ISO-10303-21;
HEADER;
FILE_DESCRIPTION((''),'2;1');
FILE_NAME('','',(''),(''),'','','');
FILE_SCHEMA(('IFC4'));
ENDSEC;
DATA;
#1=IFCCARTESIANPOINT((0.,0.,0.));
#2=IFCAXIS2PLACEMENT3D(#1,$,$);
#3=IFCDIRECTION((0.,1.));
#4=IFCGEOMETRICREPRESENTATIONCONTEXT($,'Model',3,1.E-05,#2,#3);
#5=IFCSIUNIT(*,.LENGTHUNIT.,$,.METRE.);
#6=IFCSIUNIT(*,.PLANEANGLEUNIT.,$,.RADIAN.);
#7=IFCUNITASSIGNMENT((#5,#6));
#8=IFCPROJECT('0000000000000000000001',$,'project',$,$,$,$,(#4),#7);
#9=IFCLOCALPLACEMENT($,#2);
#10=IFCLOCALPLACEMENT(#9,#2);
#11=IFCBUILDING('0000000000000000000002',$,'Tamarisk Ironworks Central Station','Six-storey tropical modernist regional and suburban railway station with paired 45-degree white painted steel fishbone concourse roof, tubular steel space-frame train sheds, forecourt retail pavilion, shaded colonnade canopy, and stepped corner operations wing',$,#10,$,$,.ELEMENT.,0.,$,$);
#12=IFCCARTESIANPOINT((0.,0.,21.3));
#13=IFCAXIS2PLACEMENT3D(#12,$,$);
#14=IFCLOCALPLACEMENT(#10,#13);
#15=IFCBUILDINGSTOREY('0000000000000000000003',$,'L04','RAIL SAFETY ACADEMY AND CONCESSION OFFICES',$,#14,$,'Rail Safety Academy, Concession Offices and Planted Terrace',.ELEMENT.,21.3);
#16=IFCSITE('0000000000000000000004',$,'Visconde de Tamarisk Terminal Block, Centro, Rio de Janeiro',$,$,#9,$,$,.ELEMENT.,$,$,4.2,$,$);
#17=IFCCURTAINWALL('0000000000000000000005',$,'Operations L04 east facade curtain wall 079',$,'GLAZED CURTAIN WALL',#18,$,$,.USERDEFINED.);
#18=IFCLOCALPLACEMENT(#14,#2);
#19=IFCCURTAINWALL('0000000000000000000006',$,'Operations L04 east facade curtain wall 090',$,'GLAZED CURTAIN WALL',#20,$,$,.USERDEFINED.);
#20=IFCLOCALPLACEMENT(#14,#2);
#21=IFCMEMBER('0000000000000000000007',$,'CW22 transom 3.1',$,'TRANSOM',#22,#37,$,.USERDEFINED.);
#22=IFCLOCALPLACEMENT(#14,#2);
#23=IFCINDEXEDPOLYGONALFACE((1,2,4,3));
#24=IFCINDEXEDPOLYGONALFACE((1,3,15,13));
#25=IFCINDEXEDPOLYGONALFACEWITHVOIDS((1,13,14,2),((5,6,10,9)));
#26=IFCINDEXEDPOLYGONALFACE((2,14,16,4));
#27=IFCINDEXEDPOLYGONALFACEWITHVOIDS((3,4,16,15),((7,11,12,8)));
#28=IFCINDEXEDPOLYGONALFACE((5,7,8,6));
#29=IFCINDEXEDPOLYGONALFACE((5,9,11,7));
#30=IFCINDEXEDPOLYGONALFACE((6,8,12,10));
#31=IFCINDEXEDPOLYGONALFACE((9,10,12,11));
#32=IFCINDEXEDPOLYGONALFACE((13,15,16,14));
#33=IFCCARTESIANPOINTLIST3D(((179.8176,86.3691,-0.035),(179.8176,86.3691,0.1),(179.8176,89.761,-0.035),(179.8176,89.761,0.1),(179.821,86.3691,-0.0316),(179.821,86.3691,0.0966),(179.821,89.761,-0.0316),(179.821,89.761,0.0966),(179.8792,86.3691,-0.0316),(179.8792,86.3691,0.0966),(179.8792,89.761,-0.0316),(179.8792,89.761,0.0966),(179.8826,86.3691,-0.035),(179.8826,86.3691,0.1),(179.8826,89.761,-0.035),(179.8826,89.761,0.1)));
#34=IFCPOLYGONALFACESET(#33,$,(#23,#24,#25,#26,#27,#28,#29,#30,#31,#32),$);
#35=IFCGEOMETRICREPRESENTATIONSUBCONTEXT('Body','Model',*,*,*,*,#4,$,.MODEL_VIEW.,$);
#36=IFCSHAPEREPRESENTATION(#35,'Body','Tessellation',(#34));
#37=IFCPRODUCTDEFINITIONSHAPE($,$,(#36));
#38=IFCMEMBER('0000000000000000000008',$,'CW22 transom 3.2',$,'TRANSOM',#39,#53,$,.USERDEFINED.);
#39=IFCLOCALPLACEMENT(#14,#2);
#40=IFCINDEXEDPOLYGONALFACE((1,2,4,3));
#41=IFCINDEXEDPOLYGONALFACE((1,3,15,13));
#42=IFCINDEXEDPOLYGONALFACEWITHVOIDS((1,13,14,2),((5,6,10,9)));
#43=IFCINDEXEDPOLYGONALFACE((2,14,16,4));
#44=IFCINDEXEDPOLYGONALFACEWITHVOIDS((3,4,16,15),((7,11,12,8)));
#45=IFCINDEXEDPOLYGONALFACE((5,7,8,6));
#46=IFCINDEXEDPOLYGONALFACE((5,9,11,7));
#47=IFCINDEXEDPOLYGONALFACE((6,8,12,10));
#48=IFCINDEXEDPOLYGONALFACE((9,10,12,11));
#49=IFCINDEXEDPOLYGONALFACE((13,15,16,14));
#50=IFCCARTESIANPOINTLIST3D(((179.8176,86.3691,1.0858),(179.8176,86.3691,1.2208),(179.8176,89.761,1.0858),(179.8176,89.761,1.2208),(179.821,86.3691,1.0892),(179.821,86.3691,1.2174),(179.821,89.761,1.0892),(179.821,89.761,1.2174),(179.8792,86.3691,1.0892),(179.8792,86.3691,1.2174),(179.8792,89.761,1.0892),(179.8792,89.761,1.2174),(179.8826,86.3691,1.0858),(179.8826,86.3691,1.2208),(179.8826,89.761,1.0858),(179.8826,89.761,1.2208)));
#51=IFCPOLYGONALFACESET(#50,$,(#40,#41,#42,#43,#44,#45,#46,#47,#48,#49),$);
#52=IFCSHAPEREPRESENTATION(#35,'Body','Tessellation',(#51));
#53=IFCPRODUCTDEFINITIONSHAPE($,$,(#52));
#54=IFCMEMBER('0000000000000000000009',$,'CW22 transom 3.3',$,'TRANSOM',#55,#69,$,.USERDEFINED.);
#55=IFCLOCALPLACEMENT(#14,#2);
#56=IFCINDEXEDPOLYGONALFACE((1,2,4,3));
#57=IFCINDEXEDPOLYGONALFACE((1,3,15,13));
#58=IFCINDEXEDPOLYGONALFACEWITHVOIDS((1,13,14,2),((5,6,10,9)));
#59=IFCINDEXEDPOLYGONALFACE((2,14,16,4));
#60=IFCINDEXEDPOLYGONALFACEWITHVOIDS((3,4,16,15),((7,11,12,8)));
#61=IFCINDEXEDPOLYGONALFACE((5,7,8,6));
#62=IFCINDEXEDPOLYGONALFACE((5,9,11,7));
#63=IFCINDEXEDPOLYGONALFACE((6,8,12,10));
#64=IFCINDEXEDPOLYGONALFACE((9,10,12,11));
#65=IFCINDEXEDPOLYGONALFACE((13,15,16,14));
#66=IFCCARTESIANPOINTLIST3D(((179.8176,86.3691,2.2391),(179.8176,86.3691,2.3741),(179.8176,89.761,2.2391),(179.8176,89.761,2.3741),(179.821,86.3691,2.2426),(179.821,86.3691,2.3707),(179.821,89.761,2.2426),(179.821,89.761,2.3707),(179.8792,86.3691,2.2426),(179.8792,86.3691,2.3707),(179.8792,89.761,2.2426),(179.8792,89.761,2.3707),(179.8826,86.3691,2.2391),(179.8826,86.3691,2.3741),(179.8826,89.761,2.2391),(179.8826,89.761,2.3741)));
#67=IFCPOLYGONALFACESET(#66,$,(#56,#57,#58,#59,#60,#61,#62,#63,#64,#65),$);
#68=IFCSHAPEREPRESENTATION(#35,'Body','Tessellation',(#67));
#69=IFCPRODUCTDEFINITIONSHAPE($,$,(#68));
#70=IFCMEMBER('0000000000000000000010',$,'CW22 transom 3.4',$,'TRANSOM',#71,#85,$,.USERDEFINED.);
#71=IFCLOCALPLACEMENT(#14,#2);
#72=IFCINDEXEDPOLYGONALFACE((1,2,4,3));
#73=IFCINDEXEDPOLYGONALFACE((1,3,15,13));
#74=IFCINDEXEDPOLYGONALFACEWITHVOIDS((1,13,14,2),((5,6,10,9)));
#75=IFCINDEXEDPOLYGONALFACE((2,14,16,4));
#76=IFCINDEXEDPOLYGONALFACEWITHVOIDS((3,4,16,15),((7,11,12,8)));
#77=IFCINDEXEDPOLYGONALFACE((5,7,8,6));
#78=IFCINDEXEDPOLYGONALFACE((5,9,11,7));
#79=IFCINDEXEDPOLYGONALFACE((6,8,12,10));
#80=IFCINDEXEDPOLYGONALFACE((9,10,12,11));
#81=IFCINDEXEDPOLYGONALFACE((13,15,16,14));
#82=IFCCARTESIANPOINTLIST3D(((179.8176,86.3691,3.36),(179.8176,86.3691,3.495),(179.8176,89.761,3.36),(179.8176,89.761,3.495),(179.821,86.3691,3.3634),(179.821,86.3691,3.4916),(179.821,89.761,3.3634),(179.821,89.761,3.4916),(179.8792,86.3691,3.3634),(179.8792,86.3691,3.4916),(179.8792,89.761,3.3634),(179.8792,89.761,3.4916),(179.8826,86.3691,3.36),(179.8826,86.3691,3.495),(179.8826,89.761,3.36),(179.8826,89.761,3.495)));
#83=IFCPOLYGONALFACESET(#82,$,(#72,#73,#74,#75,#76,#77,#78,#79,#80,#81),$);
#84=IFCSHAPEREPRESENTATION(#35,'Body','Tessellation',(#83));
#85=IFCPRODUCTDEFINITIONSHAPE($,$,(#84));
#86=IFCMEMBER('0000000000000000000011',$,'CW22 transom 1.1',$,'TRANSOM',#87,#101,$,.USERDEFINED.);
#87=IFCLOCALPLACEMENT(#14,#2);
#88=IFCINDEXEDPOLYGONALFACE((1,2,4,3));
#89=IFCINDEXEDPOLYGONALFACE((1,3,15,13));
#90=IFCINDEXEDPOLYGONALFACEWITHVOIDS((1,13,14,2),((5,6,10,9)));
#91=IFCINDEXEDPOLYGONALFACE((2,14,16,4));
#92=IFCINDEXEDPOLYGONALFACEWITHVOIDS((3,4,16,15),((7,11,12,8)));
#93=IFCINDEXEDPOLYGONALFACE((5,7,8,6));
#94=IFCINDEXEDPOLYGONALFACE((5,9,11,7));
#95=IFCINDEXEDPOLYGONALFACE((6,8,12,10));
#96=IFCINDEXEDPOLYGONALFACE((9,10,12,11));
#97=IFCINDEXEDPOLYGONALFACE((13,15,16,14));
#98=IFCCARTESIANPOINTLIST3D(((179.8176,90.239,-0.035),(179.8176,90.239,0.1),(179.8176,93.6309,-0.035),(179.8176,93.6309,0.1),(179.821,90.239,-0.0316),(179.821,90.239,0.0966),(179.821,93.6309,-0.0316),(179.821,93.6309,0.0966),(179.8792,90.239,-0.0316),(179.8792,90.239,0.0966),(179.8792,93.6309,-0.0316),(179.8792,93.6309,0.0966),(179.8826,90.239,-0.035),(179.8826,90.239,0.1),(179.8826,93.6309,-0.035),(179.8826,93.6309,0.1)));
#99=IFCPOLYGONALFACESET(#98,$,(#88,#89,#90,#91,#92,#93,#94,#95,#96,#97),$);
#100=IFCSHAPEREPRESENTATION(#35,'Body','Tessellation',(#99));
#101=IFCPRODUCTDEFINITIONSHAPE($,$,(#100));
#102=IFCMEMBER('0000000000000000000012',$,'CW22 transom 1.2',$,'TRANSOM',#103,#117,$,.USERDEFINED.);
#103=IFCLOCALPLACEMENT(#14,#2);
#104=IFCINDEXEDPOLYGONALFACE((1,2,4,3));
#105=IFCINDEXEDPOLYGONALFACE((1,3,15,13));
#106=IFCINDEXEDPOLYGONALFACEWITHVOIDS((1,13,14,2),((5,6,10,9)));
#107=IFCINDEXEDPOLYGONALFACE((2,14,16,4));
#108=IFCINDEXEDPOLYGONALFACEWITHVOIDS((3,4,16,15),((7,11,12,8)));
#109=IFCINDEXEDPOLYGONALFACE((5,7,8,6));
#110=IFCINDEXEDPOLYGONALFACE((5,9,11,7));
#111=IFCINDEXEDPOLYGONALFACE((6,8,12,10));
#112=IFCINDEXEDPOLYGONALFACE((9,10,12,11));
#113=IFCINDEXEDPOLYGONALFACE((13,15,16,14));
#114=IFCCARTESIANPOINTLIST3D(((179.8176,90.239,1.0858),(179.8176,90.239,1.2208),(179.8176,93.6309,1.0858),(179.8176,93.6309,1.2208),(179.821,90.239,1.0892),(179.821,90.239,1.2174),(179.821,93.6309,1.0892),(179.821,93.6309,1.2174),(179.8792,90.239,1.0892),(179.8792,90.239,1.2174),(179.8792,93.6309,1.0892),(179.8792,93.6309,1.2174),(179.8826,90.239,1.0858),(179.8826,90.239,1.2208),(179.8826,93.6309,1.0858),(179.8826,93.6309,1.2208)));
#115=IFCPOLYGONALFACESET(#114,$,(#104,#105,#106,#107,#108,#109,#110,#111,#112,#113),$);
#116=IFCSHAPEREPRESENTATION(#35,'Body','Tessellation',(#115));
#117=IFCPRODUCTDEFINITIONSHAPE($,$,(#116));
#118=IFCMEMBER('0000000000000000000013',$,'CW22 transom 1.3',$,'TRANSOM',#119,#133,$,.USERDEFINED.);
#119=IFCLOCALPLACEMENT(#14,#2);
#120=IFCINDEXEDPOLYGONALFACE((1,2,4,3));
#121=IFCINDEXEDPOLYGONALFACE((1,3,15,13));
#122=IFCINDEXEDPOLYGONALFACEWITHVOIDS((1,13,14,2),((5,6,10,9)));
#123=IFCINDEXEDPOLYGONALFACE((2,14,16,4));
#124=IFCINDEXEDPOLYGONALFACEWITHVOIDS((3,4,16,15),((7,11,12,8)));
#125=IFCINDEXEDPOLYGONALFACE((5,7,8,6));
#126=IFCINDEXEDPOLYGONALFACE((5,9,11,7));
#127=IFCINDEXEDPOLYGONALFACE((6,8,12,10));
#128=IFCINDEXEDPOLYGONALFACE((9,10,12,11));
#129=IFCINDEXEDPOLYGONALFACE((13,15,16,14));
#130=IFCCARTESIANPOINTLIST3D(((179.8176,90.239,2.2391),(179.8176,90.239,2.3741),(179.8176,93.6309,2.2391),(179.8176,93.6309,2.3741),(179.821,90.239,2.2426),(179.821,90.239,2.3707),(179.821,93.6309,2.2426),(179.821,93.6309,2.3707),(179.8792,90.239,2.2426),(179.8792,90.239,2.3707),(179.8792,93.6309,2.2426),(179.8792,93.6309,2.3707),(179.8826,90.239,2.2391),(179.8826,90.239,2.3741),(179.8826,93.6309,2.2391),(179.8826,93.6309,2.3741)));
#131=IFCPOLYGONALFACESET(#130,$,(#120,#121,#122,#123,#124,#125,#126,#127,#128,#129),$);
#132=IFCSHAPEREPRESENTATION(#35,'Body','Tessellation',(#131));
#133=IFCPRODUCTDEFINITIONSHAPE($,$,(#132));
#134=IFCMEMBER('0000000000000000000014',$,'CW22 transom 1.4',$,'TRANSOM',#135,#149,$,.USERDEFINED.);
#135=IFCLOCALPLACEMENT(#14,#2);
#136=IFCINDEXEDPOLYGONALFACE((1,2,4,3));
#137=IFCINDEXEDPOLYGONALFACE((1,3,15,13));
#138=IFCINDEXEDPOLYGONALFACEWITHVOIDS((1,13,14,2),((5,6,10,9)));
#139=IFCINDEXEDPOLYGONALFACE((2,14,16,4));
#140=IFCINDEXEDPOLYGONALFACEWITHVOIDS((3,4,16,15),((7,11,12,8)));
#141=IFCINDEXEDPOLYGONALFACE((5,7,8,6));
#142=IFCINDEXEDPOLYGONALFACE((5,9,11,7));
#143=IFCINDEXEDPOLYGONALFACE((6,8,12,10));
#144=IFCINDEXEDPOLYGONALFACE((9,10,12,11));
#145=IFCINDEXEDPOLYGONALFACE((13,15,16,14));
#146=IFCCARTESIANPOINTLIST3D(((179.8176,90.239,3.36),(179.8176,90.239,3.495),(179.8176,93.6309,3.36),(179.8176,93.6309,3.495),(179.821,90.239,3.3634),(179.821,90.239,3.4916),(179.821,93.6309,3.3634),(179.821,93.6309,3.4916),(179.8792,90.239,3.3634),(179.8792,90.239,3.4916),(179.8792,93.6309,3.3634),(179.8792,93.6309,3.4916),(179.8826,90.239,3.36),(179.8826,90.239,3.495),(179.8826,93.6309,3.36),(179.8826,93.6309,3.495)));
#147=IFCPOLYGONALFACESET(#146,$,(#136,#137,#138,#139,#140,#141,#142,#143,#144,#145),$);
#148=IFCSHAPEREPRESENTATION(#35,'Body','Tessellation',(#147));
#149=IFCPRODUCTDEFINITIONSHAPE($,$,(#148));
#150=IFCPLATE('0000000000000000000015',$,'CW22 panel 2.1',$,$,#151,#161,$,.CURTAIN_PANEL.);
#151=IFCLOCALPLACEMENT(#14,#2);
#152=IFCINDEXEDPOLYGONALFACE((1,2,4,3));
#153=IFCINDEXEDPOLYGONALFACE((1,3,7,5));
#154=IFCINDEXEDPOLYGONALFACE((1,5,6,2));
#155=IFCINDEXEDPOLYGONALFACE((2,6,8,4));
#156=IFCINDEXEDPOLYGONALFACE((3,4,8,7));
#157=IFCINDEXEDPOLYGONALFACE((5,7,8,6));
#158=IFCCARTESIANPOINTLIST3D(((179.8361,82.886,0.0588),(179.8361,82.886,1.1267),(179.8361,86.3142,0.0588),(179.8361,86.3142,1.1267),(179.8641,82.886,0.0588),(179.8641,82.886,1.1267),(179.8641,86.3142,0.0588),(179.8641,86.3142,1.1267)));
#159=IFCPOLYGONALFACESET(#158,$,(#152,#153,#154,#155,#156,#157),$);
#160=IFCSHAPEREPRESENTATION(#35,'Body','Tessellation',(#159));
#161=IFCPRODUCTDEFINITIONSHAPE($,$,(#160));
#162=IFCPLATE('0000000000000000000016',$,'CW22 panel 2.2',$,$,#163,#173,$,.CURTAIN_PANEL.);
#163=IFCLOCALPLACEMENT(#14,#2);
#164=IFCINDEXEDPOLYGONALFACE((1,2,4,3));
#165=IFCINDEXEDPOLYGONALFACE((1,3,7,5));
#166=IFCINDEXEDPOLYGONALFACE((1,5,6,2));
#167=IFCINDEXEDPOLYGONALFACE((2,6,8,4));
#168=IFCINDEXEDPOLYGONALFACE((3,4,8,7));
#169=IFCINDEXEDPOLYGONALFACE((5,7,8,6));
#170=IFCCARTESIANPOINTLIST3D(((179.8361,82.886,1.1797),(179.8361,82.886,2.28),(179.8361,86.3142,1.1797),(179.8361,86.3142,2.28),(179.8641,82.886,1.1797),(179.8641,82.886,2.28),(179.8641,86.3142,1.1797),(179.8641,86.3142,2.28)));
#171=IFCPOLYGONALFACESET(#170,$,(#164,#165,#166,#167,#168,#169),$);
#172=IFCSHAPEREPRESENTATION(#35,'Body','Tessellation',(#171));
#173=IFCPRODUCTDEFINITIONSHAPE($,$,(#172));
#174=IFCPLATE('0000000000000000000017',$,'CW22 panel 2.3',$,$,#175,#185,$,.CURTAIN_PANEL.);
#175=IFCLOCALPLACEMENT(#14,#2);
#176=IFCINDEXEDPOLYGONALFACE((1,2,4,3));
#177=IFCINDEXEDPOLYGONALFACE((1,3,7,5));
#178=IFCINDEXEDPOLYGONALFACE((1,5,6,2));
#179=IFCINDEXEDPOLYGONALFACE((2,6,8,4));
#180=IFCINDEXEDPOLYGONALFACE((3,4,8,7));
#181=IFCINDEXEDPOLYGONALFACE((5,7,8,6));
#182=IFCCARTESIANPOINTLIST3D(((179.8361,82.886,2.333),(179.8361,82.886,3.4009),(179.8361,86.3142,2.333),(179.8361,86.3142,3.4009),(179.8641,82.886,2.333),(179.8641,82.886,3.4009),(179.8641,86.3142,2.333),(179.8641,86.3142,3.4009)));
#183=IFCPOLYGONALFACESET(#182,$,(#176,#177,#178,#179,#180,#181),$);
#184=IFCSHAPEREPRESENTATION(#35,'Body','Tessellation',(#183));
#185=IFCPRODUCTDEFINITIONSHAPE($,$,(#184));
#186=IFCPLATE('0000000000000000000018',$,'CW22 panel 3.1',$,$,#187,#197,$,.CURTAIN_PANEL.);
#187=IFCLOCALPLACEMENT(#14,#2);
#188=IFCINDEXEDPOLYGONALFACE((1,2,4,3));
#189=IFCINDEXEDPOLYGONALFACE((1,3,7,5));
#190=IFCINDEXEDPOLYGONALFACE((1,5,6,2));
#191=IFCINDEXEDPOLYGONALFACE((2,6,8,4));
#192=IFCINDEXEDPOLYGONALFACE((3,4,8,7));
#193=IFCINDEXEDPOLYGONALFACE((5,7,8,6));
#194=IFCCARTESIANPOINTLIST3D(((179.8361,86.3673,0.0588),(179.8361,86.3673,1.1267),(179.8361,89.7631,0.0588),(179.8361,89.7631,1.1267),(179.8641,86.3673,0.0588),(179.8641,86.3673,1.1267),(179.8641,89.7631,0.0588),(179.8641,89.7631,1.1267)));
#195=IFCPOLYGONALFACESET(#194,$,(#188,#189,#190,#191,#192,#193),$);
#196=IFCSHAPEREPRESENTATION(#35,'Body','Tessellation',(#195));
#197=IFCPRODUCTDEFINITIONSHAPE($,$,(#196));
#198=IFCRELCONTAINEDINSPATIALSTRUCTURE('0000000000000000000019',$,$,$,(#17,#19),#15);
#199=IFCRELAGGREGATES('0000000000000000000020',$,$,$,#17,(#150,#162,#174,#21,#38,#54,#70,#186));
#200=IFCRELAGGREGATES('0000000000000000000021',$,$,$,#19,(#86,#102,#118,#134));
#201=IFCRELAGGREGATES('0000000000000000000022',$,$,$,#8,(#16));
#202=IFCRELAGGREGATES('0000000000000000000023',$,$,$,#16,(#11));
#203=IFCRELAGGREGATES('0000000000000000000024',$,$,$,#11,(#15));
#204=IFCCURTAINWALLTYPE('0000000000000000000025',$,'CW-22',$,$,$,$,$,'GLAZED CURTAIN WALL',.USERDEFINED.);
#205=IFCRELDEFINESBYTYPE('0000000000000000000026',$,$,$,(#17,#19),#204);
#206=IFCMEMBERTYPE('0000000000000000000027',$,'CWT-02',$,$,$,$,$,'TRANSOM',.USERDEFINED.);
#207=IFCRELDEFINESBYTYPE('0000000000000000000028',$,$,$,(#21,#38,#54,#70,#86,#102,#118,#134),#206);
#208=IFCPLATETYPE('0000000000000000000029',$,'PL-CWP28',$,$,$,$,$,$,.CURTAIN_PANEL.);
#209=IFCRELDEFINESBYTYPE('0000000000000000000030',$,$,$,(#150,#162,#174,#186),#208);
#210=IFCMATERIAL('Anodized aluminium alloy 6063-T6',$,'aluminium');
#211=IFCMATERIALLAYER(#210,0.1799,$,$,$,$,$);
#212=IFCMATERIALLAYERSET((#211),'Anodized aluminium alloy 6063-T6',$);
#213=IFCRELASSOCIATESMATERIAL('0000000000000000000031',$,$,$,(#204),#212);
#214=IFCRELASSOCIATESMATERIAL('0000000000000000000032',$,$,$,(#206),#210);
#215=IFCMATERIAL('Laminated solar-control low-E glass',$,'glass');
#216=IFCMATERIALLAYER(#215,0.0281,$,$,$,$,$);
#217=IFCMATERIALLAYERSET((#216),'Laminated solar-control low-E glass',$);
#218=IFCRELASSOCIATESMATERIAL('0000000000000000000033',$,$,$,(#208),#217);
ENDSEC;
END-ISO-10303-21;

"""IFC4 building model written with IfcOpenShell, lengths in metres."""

from ifc_helpers import new_model, si_unit, direction, frame, origin, origin_2d, place, context, subcontext, project, spatial, rectangle, hollow_rectangle, extrude, material, layer, layer_set, material_profile, profile_set, type_object, element, aggregate, save


model = new_model("IFC4")

# Units and contexts
model_context = context("Model", 3, precision=1e-05, world=origin(), true_north=direction((0.0, 1.0)))
body_context = subcontext(model_context, "Body", "Model", "MODEL_VIEW")
ifc_project = project(units=[si_unit("LENGTHUNIT", "METRE"), si_unit("PLANEANGLEUNIT", "RADIAN")], contexts=[model_context])

# Site, building, storey
site_placement = place(None, origin())
site = spatial("IfcSite", under=ifc_project, at=site_placement, Name="Visconde de Tamarisk Terminal Block, Centro, Rio de Janeiro", CompositionType="ELEMENT", RefElevation=4.2)
building_placement = place(site_placement, origin())
building = spatial("IfcBuilding", under=site, at=building_placement, Name="Tamarisk Ironworks Central Station", Description="Six-storey tropical modernist regional and suburban railway station with paired 45-degree white painted steel fishbone concourse roof, tubular steel space-frame train sheds, forecourt retail pavilion, shaded colonnade canopy, and stepped corner operations wing", CompositionType="ELEMENT", ElevationOfRefHeight=0.0)
storey_placement = place(building_placement, frame((0.0, 0.0, 21.3)))
storey = spatial("IfcBuildingStorey", under=building, at=storey_placement, Name="L04", Description="RAIL SAFETY ACADEMY AND CONCESSION OFFICES", LongName="Rail Safety Academy, Concession Offices and Planted Terrace", CompositionType="ELEMENT", Elevation=21.3)

# Curtain wall
ifc_material_1 = material(Name="Anodized aluminium alloy 6063-T6", Category="aluminium")
ifc_layer_1 = layer(ifc_material_1, 0.1799)
ifc_layer_set_1 = layer_set([ifc_layer_1], Name="Anodized aluminium alloy 6063-T6")
curtain_wall_type = type_object("IfcCurtainWallType", Name="CW-22", ElementType="GLAZED CURTAIN WALL", PredefinedType="USERDEFINED", material=ifc_layer_set_1)
curtain_wall_1_placement = place(storey_placement, origin())
curtain_wall_1 = element("IfcCurtainWall", 1, at=curtain_wall_1_placement, inside=storey, type_object=curtain_wall_type, Name="Operations L04 east facade curtain wall 079", ObjectType="GLAZED CURTAIN WALL", PredefinedType="USERDEFINED")

# Curtain wall
curtain_wall_2_placement = place(storey_placement, origin())
curtain_wall_2 = element("IfcCurtainWall", 2, at=curtain_wall_2_placement, inside=storey, type_object=curtain_wall_type, Name="Operations L04 east facade curtain wall 090", ObjectType="GLAZED CURTAIN WALL", PredefinedType="USERDEFINED")

# Members
ifc_material_profile_1 = material_profile(ifc_material_1, hollow_rectangle(XDim=0.0649, YDim=0.135, WallThickness=0.0034, at=origin_2d()), Name="ALUM 135x65")
ifc_profile_set_1 = profile_set([ifc_material_profile_1], Name="Anodized aluminium alloy 6063-T6")
member_type_1 = type_object("IfcMemberType", Name="CWT-02", ElementType="TRANSOM", PredefinedType="USERDEFINED", material=ifc_profile_set_1)
member_1_placement = place(storey_placement, frame((179.8501, 86.3691, 0.0325), z_axis=(0.0, 1.0, 0.0), x_axis=(-1.0, 0.0, 0.0)))
member_1 = element("IfcMember", 3, at=member_1_placement, type_object=member_type_1, Name="CW22 transom 3.1", ObjectType="TRANSOM", PredefinedType="USERDEFINED", context=body_context, shape_type="SweptSolid", body=[
    extrude(hollow_rectangle(XDim=0.0649, YDim=0.135, WallThickness=0.0034, at=origin_2d()), origin(), (0.0, 0.0, 1.0), 3.3918),
])
member_2_placement = place(storey_placement, frame((179.8501, 86.3691, 1.1533), z_axis=(0.0, 1.0, 0.0), x_axis=(-1.0, 0.0, 0.0)))
member_2 = element("IfcMember", 4, at=member_2_placement, type_object=member_type_1, Name="CW22 transom 3.2", ObjectType="TRANSOM", PredefinedType="USERDEFINED", context=body_context, shape_type="SweptSolid", body=[
    extrude(hollow_rectangle(XDim=0.0649, YDim=0.135, WallThickness=0.0034, at=origin_2d()), origin(), (0.0, 0.0, 1.0), 3.3918),
])
member_3_placement = place(storey_placement, frame((179.8501, 86.3691, 2.3066), z_axis=(0.0, 1.0, 0.0), x_axis=(-1.0, 0.0, 0.0)))
member_3 = element("IfcMember", 5, at=member_3_placement, type_object=member_type_1, Name="CW22 transom 3.3", ObjectType="TRANSOM", PredefinedType="USERDEFINED", context=body_context, shape_type="SweptSolid", body=[
    extrude(hollow_rectangle(XDim=0.0649, YDim=0.135, WallThickness=0.0034, at=origin_2d()), origin(), (0.0, 0.0, 1.0), 3.3918),
])
member_4_placement = place(storey_placement, frame((179.8501, 86.3691, 3.4275), z_axis=(0.0, 1.0, 0.0), x_axis=(-1.0, 0.0, 0.0)))
member_4 = element("IfcMember", 6, at=member_4_placement, type_object=member_type_1, Name="CW22 transom 3.4", ObjectType="TRANSOM", PredefinedType="USERDEFINED", context=body_context, shape_type="SweptSolid", body=[
    extrude(hollow_rectangle(XDim=0.0649, YDim=0.135, WallThickness=0.0034, at=origin_2d()), origin(), (0.0, 0.0, 1.0), 3.3918),
])
member_5_placement = place(storey_placement, frame((179.8501, 90.239, 0.0325), z_axis=(0.0, 1.0, 0.0), x_axis=(-1.0, 0.0, 0.0)))
member_5 = element("IfcMember", 7, at=member_5_placement, type_object=member_type_1, Name="CW22 transom 1.1", ObjectType="TRANSOM", PredefinedType="USERDEFINED", context=body_context, shape_type="SweptSolid", body=[
    extrude(hollow_rectangle(XDim=0.0649, YDim=0.135, WallThickness=0.0034, at=origin_2d()), origin(), (0.0, 0.0, 1.0), 3.3918),
])
member_6_placement = place(storey_placement, frame((179.8501, 90.239, 1.1533), z_axis=(0.0, 1.0, 0.0), x_axis=(-1.0, 0.0, 0.0)))
member_6 = element("IfcMember", 8, at=member_6_placement, type_object=member_type_1, Name="CW22 transom 1.2", ObjectType="TRANSOM", PredefinedType="USERDEFINED", context=body_context, shape_type="SweptSolid", body=[
    extrude(hollow_rectangle(XDim=0.0649, YDim=0.135, WallThickness=0.0034, at=origin_2d()), origin(), (0.0, 0.0, 1.0), 3.3918),
])
member_7_placement = place(storey_placement, frame((179.8501, 90.239, 2.3066), z_axis=(0.0, 1.0, 0.0), x_axis=(-1.0, 0.0, 0.0)))
member_7 = element("IfcMember", 9, at=member_7_placement, type_object=member_type_1, Name="CW22 transom 1.3", ObjectType="TRANSOM", PredefinedType="USERDEFINED", context=body_context, shape_type="SweptSolid", body=[
    extrude(hollow_rectangle(XDim=0.0649, YDim=0.135, WallThickness=0.0034, at=origin_2d()), origin(), (0.0, 0.0, 1.0), 3.3918),
])
member_8_placement = place(storey_placement, frame((179.8501, 90.239, 3.4275), z_axis=(0.0, 1.0, 0.0), x_axis=(-1.0, 0.0, 0.0)))
member_8 = element("IfcMember", 10, at=member_8_placement, type_object=member_type_1, Name="CW22 transom 1.4", ObjectType="TRANSOM", PredefinedType="USERDEFINED", context=body_context, shape_type="SweptSolid", body=[
    extrude(hollow_rectangle(XDim=0.0649, YDim=0.135, WallThickness=0.0034, at=origin_2d()), origin(), (0.0, 0.0, 1.0), 3.3918),
])

# Plates
ifc_material_2 = material(Name="Laminated solar-control low-E glass", Category="glass")
ifc_layer_2 = layer(ifc_material_2, 0.0281)
ifc_layer_set_2 = layer_set([ifc_layer_2], Name="Laminated solar-control low-E glass")
plate_type = type_object("IfcPlateType", Name="PL-CWP28", PredefinedType="CURTAIN_PANEL", material=ifc_layer_set_2)
plate_1_placement = place(storey_placement, frame((179.8501, 84.6001, 0.0588), z_axis=(0.0, 0.0, 1.0), x_axis=(0.0, 1.0, 0.0)))
plate_1 = element("IfcPlate", 11, at=plate_1_placement, type_object=plate_type, Name="CW22 panel 2.1", PredefinedType="CURTAIN_PANEL", context=body_context, shape_type="SweptSolid", body=[
    extrude(rectangle(XDim=3.4282, YDim=0.0281, at=origin_2d()), origin(), (0.0, 0.0, 1.0), 1.0679),
])
plate_2_placement = place(storey_placement, frame((179.8501, 84.6001, 1.1797), z_axis=(0.0, 0.0, 1.0), x_axis=(0.0, 1.0, 0.0)))
plate_2 = element("IfcPlate", 12, at=plate_2_placement, type_object=plate_type, Name="CW22 panel 2.2", PredefinedType="CURTAIN_PANEL", context=body_context, shape_type="SweptSolid", body=[
    extrude(rectangle(XDim=3.4282, YDim=0.0281, at=origin_2d()), origin(), (0.0, 0.0, 1.0), 1.1003),
])
plate_3_placement = place(storey_placement, frame((179.8501, 84.6001, 2.333), z_axis=(0.0, 0.0, 1.0), x_axis=(0.0, 1.0, 0.0)))
plate_3 = element("IfcPlate", 13, at=plate_3_placement, type_object=plate_type, Name="CW22 panel 2.3", PredefinedType="CURTAIN_PANEL", context=body_context, shape_type="SweptSolid", body=[
    extrude(rectangle(XDim=3.4282, YDim=0.0281, at=origin_2d()), origin(), (0.0, 0.0, 1.0), 1.0679),
])
plate_4_placement = place(storey_placement, frame((179.8501, 88.0652, 0.0588), z_axis=(0.0, 0.0, 1.0), x_axis=(0.0, 1.0, 0.0)))
plate_4 = element("IfcPlate", 14, at=plate_4_placement, type_object=plate_type, Name="CW22 panel 3.1", PredefinedType="CURTAIN_PANEL", context=body_context, shape_type="SweptSolid", body=[
    extrude(rectangle(XDim=3.3958, YDim=0.0281, at=origin_2d()), origin(), (0.0, 0.0, 1.0), 1.0679),
])
aggregate(curtain_wall_1, [plate_1, plate_2, plate_3, member_1, member_2, member_3, member_4, plate_4])
aggregate(curtain_wall_2, [member_5, member_6, member_7, member_8])

save(model, "model.ifc")
